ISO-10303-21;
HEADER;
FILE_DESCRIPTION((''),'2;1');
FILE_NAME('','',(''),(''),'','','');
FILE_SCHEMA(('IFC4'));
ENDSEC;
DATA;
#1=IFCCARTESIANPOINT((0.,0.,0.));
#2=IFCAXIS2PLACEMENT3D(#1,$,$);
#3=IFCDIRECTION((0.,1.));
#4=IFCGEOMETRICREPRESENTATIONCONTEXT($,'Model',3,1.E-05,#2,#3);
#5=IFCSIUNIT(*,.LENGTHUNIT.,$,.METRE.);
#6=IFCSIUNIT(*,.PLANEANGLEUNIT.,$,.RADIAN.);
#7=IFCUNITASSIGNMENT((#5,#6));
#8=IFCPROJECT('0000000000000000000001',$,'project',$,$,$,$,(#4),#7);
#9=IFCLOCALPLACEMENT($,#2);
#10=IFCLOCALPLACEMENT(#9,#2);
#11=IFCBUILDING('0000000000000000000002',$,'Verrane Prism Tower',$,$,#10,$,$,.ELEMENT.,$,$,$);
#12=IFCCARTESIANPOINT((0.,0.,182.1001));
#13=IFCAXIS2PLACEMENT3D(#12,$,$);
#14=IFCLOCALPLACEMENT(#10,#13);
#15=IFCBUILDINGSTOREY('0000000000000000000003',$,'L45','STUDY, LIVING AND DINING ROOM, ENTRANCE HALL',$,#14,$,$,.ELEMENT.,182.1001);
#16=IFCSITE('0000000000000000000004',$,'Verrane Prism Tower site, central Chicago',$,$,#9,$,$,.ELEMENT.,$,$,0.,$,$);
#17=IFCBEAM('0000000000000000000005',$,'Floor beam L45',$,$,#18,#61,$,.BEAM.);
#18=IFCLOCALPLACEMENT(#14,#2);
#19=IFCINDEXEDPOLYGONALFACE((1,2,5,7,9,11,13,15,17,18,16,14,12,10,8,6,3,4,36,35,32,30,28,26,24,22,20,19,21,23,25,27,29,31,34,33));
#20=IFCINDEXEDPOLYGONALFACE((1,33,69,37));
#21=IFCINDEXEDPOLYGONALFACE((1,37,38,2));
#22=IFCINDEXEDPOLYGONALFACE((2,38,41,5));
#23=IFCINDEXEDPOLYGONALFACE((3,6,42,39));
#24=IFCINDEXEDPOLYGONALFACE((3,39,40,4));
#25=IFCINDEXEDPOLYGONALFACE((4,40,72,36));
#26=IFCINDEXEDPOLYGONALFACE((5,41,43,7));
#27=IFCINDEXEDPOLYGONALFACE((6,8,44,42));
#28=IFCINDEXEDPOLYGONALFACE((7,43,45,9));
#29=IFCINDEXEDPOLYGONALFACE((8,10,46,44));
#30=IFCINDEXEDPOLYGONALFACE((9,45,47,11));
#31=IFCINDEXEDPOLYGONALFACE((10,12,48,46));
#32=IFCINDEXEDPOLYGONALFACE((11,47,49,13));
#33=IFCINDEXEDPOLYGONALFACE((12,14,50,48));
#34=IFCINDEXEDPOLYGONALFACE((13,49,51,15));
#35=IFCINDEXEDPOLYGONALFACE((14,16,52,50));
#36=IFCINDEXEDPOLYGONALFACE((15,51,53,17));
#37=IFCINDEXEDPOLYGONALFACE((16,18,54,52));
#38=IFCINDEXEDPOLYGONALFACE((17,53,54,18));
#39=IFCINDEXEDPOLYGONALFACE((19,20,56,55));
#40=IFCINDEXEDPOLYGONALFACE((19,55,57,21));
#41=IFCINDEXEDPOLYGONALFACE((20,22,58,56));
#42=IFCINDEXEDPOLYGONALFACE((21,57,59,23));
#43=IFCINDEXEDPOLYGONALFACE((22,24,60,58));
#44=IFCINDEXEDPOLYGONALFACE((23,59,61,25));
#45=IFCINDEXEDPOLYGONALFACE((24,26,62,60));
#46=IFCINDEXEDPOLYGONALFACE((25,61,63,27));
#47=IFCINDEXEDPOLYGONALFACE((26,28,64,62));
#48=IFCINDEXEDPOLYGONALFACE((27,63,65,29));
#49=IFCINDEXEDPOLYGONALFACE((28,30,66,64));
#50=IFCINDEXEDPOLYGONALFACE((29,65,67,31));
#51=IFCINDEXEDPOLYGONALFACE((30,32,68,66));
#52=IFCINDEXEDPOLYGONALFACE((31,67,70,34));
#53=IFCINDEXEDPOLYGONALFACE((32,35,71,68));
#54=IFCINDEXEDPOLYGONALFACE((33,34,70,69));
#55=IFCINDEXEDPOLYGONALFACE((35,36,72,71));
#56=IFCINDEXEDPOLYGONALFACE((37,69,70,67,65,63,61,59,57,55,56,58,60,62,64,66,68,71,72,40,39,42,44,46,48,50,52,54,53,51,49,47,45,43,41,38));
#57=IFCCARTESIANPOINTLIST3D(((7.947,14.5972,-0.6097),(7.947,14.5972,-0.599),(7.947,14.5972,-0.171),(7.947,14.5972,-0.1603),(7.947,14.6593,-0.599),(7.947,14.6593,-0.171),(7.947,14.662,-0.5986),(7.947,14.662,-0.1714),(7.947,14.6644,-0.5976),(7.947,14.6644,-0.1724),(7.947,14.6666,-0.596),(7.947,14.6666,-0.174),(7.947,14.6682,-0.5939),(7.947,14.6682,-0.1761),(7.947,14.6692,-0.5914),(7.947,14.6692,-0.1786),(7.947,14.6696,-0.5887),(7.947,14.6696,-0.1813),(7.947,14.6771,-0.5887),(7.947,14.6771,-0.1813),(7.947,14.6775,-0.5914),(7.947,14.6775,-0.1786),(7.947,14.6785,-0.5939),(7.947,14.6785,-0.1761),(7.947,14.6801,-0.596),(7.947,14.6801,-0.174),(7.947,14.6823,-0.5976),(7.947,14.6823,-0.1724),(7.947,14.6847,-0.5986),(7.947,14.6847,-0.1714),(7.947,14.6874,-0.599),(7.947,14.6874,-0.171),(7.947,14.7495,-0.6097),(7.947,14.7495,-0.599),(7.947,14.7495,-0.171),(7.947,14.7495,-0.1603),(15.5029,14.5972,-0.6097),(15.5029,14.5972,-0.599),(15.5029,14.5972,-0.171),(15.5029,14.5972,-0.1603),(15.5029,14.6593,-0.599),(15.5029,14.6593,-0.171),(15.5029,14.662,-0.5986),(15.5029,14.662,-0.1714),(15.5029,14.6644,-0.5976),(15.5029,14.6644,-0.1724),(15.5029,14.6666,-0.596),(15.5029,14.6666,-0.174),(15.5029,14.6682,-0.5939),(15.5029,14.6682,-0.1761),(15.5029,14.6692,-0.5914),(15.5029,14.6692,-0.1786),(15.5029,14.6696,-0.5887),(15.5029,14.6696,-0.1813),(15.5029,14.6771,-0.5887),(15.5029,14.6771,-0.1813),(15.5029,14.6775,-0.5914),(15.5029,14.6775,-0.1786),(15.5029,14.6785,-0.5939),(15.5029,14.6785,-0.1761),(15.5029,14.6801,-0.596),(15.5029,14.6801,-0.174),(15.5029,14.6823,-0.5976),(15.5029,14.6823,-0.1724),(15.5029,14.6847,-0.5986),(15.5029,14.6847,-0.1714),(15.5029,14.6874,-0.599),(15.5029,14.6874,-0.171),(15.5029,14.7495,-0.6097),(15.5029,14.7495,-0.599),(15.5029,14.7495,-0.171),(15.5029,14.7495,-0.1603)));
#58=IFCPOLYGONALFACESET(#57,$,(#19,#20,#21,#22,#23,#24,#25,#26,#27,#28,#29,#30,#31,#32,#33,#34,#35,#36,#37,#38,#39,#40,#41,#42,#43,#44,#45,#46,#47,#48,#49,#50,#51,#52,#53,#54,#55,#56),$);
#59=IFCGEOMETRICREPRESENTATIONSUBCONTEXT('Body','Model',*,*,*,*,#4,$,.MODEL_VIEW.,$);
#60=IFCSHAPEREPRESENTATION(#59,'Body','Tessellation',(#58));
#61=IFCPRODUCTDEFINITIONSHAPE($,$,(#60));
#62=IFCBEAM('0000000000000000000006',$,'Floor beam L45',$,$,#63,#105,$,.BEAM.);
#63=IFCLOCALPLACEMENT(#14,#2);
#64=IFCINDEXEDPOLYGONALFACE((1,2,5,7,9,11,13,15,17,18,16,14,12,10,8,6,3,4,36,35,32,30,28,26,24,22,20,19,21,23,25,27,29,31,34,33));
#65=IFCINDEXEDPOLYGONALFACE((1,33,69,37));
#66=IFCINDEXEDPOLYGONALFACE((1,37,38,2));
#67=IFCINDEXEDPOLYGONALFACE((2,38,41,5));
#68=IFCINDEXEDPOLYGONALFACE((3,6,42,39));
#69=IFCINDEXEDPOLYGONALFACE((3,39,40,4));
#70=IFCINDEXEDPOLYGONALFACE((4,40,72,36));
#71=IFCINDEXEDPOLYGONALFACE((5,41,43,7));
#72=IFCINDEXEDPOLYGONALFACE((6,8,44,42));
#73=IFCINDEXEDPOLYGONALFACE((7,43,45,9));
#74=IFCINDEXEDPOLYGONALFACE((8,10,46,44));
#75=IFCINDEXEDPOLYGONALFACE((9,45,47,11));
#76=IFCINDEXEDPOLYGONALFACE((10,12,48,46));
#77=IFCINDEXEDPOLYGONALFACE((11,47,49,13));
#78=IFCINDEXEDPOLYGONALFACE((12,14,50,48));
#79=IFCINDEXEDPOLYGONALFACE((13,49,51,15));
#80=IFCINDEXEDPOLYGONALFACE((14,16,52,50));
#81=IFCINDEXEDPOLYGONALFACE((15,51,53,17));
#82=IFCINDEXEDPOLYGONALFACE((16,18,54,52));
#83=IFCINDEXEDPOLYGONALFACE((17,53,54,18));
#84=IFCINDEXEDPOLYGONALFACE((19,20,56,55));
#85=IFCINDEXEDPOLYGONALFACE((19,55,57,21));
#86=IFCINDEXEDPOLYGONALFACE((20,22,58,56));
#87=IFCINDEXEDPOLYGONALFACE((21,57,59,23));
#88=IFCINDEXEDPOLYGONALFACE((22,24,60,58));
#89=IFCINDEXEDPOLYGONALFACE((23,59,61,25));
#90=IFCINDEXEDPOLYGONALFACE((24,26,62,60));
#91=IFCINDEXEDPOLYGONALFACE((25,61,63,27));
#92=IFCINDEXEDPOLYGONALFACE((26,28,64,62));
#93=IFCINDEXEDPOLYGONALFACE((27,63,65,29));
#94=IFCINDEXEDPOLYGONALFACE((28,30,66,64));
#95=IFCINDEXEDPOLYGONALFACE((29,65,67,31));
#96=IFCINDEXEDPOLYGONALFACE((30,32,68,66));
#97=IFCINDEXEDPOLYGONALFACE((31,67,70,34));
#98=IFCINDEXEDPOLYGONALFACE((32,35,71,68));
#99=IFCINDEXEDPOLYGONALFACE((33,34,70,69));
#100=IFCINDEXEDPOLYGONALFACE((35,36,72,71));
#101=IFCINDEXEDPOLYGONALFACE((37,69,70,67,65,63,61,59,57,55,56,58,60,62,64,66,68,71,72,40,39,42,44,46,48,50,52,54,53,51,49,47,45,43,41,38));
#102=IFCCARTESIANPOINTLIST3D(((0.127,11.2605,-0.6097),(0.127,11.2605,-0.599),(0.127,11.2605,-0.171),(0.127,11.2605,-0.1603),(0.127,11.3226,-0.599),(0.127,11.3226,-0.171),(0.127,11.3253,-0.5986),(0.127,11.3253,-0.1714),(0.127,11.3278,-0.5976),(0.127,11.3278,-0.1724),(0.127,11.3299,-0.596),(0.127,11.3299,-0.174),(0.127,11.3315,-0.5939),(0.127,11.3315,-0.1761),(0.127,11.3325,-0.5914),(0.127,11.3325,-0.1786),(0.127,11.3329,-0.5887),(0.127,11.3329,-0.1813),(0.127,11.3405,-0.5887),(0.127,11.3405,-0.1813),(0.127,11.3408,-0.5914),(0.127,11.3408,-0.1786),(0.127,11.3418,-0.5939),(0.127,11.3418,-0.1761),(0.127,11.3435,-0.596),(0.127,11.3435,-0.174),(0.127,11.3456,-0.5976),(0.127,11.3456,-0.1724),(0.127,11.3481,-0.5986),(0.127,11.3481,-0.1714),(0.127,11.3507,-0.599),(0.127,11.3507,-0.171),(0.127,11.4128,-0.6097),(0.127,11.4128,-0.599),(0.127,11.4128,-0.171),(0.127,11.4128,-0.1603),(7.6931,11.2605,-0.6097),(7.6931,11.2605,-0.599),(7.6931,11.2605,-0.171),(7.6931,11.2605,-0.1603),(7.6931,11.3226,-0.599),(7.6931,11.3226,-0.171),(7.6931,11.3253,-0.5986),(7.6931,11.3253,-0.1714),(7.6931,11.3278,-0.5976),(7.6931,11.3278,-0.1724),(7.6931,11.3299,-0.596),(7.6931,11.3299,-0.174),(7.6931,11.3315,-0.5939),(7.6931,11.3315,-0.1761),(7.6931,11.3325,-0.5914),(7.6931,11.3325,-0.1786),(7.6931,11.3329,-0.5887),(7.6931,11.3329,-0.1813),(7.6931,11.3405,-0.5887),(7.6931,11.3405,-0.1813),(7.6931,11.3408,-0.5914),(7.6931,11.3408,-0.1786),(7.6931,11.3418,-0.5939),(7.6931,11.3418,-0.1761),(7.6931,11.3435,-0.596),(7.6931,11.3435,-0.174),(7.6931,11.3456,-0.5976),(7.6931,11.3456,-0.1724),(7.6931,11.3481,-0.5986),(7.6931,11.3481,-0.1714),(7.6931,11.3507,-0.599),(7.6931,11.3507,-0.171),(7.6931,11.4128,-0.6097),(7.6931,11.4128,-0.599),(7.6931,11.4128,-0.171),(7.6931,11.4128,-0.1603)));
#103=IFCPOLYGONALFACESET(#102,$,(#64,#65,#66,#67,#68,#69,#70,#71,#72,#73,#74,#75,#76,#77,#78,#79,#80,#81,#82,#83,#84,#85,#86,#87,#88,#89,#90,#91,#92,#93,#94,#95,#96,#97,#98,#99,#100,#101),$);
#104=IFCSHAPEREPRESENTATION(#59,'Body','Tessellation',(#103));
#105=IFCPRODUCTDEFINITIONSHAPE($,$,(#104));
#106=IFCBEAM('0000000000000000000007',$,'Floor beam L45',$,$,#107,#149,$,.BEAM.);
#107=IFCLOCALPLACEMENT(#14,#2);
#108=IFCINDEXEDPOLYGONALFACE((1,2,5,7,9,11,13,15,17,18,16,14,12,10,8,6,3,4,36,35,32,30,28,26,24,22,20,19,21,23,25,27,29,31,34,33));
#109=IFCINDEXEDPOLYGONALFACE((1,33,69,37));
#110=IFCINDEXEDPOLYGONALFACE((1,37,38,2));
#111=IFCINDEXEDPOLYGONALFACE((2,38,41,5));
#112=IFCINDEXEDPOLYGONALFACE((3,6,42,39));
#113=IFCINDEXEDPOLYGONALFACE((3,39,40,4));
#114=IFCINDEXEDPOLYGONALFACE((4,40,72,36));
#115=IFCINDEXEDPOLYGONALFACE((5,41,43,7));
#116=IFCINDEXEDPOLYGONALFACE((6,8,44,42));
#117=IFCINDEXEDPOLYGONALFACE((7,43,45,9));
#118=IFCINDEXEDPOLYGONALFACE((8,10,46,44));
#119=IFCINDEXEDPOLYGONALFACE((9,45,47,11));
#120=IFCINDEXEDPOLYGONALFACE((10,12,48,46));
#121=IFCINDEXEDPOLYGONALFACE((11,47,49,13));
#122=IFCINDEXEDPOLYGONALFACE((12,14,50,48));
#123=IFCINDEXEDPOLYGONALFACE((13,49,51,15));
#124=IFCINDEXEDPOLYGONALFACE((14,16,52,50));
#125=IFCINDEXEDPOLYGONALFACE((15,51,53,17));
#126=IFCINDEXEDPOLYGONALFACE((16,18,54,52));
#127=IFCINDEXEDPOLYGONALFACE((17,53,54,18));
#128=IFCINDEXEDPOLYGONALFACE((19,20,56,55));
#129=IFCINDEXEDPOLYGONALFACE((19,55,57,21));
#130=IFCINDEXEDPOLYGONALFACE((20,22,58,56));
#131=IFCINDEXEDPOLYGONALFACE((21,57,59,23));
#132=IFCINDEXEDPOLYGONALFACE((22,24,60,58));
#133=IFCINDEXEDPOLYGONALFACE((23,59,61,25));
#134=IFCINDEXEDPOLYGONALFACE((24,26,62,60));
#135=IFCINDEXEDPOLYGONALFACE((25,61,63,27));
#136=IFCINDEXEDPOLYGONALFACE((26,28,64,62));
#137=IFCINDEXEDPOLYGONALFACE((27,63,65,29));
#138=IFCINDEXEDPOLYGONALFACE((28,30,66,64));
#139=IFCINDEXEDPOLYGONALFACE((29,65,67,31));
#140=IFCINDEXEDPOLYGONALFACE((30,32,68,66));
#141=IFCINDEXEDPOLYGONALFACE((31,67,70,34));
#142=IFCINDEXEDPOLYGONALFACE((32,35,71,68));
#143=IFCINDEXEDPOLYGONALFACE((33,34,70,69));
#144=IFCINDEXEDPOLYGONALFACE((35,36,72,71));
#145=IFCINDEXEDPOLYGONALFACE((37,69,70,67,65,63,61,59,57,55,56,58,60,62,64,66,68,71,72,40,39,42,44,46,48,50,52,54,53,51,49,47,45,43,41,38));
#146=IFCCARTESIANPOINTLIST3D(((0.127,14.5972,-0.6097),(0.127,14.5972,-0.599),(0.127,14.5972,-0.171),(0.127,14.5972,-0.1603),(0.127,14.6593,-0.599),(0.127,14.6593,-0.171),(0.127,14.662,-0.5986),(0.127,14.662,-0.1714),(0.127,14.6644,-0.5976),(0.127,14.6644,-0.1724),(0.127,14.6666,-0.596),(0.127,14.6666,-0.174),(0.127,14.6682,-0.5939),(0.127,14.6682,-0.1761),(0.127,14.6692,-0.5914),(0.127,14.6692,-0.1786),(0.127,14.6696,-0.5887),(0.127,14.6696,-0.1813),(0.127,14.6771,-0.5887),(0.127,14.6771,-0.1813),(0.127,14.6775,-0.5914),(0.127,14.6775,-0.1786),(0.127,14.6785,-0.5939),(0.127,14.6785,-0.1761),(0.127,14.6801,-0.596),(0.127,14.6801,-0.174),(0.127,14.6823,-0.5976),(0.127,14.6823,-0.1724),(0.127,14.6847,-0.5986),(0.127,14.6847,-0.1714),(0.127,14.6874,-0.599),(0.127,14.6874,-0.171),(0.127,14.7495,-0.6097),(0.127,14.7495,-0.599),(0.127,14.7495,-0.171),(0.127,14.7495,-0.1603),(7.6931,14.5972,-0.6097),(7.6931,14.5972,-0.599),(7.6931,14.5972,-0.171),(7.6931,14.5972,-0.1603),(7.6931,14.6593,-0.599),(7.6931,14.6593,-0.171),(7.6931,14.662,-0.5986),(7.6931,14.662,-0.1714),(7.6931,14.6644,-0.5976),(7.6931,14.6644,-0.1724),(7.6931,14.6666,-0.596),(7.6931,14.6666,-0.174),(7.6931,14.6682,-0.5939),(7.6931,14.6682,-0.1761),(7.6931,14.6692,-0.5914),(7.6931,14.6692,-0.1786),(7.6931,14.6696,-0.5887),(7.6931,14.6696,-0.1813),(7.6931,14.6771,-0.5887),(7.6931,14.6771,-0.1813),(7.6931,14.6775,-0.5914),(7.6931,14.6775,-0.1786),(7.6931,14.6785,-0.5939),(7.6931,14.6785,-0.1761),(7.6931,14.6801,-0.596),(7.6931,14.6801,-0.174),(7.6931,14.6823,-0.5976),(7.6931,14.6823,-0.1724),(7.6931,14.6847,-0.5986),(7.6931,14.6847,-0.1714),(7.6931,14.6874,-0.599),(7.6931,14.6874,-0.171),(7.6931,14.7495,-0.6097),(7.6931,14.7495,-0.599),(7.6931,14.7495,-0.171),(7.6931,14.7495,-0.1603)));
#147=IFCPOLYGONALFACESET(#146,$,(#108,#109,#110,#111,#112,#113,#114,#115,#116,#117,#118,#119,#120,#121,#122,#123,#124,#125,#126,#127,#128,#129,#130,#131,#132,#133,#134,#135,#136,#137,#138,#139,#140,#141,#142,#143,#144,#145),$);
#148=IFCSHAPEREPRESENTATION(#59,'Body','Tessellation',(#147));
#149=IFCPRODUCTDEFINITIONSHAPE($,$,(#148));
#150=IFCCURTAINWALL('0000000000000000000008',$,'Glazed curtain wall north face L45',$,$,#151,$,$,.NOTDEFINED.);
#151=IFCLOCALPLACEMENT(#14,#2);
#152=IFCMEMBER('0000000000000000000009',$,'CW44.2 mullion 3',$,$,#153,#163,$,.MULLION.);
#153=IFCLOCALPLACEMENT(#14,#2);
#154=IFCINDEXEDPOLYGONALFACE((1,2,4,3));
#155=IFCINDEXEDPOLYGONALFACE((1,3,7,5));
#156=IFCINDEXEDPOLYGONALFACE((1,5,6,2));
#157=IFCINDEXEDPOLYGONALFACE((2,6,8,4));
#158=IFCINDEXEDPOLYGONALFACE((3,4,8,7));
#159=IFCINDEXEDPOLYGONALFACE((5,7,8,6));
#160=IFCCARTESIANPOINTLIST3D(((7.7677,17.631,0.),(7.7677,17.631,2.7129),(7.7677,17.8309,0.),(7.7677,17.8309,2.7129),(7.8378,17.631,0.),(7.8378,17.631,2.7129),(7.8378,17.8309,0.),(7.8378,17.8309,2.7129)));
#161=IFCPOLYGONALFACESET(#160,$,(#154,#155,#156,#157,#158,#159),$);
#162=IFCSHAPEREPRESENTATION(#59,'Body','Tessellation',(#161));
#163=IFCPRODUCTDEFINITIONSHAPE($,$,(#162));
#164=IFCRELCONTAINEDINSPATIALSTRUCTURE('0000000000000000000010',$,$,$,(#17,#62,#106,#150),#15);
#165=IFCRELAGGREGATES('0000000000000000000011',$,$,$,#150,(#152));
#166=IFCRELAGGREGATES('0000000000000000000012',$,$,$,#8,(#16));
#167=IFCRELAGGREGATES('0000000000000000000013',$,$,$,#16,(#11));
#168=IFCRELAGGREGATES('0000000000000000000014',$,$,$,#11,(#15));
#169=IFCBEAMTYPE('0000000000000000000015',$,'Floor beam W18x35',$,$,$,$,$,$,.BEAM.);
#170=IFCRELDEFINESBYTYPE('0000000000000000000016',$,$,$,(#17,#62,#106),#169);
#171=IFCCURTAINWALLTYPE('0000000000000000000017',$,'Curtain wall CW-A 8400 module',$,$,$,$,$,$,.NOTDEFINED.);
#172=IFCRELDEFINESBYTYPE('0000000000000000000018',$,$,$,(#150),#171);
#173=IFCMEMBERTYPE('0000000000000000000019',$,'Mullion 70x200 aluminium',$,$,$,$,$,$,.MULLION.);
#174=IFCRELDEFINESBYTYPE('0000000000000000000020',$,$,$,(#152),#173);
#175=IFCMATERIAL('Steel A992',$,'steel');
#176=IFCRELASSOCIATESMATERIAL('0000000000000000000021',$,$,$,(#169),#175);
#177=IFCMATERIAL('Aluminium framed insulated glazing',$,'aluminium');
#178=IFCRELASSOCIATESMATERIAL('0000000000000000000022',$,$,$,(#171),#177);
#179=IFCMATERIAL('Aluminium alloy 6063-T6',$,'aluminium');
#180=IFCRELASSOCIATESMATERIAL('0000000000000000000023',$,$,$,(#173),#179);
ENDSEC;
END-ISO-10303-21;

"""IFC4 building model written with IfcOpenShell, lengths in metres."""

from ifc_helpers import new_model, si_unit, direction, frame, origin, origin_2d, place, context, subcontext, project, spatial, rectangle, i_section, extrude, material, material_profile, profile_set, type_object, element, aggregate, save


model = new_model("IFC4")

# Units and contexts
model_context = context("Model", 3, precision=1e-05, world=origin(), true_north=direction((0.0, 1.0)))
body_context = subcontext(model_context, "Body", "Model", "MODEL_VIEW")
ifc_project = project(units=[si_unit("LENGTHUNIT", "METRE"), si_unit("PLANEANGLEUNIT", "RADIAN")], contexts=[model_context])

# Site, building, storey
site_placement = place(None, origin())
site = spatial("IfcSite", under=ifc_project, at=site_placement, Name="Verrane Prism Tower site, central Chicago", CompositionType="ELEMENT", RefElevation=0.0)
building_placement = place(site_placement, origin())
building = spatial("IfcBuilding", under=site, at=building_placement, Name="Verrane Prism Tower", CompositionType="ELEMENT")
storey_placement = place(building_placement, frame((0.0, 0.0, 182.1001)))
storey = spatial("IfcBuildingStorey", under=building, at=storey_placement, Name="L45", Description="STUDY, LIVING AND DINING ROOM, ENTRANCE HALL", CompositionType="ELEMENT", Elevation=182.1001)

# Beams
ifc_material_1 = material(Name="Steel A992", Category="steel")
ifc_material_profile_1 = material_profile(ifc_material_1, i_section(OverallWidth=0.1523, OverallDepth=0.4495, WebThickness=0.0076, FlangeThickness=0.0107, FilletRadius=0.0103, at=origin_2d()), Name="W18x35")
ifc_profile_set_1 = profile_set([ifc_material_profile_1], Name="Steel A992")
beam_type_1 = type_object("IfcBeamType", Name="Floor beam W18x35", PredefinedType="BEAM", material=ifc_profile_set_1)
beam_1_placement = place(storey_placement, frame((7.947, 14.6733, -0.385), z_axis=(1.0, 0.0, 0.0), x_axis=(0.0, 1.0, 0.0)))
element("IfcBeam", 1, at=beam_1_placement, inside=storey, type_object=beam_type_1, Name="Floor beam L45", PredefinedType="BEAM", context=body_context, shape_type="SweptSolid", body=[
    extrude(i_section(OverallWidth=0.1523, OverallDepth=0.4495, WebThickness=0.0076, FlangeThickness=0.0107, FilletRadius=0.0103, at=origin_2d()), origin(), (0.0, 0.0, 1.0), 7.5559),
])
for number, where, z_axis, x_axis, name in (
    (2, (0.127, 11.3367, -0.385), (1.0, 0.0, 0.0), (0.0, 1.0, 0.0), "Floor beam L45"),
    (3, (0.127, 14.6733, -0.385), (1.0, 0.0, 0.0), (0.0, 1.0, 0.0), "Floor beam L45"),
):
    element("IfcBeam", number, at=place(storey_placement, frame(where, z_axis=z_axis, x_axis=x_axis)), inside=storey, type_object=beam_type_1, Name=name, PredefinedType="BEAM", context=body_context, shape_type="SweptSolid", body=[
        extrude(i_section(OverallWidth=0.1523, OverallDepth=0.4495, WebThickness=0.0076, FlangeThickness=0.0107, FilletRadius=0.0103, at=origin_2d()), origin(), (0.0, 0.0, 1.0), 7.5662),
    ])

# Curtain wall, member
ifc_material_2 = material(Name="Aluminium framed insulated glazing", Category="aluminium")
curtain_wall_type = type_object("IfcCurtainWallType", Name="Curtain wall CW-A 8400 module", PredefinedType="NOTDEFINED", material=ifc_material_2)
curtain_wall_placement = place(storey_placement, origin())
curtain_wall = element("IfcCurtainWall", 4, at=curtain_wall_placement, inside=storey, type_object=curtain_wall_type, Name="Glazed curtain wall north face L45", PredefinedType="NOTDEFINED")
ifc_material_3 = material(Name="Aluminium alloy 6063-T6", Category="aluminium")
ifc_material_profile_2 = material_profile(ifc_material_3, rectangle(XDim=0.2, YDim=0.0701, at=origin_2d()), Name="Mullion 70x200 aluminium")
ifc_profile_set_2 = profile_set([ifc_material_profile_2], Name="Aluminium alloy 6063-T6")
member_type_1 = type_object("IfcMemberType", Name="Mullion 70x200 aluminium", PredefinedType="MULLION", material=ifc_profile_set_2)
member_1_placement = place(storey_placement, frame((7.8027, 17.731, 0.0), z_axis=(0.0, 0.0, 1.0), x_axis=(0.0, -1.0, 0.0)))
member_1 = element("IfcMember", 5, at=member_1_placement, type_object=member_type_1, Name="CW44.2 mullion 3", PredefinedType="MULLION", context=body_context, shape_type="SweptSolid", body=[
    extrude(rectangle(XDim=0.2, YDim=0.0701, at=origin_2d()), origin(), (0.0, 0.0, 1.0), 2.7129),
])

aggregate(curtain_wall, [member_1])

save(model, "model.ifc")
